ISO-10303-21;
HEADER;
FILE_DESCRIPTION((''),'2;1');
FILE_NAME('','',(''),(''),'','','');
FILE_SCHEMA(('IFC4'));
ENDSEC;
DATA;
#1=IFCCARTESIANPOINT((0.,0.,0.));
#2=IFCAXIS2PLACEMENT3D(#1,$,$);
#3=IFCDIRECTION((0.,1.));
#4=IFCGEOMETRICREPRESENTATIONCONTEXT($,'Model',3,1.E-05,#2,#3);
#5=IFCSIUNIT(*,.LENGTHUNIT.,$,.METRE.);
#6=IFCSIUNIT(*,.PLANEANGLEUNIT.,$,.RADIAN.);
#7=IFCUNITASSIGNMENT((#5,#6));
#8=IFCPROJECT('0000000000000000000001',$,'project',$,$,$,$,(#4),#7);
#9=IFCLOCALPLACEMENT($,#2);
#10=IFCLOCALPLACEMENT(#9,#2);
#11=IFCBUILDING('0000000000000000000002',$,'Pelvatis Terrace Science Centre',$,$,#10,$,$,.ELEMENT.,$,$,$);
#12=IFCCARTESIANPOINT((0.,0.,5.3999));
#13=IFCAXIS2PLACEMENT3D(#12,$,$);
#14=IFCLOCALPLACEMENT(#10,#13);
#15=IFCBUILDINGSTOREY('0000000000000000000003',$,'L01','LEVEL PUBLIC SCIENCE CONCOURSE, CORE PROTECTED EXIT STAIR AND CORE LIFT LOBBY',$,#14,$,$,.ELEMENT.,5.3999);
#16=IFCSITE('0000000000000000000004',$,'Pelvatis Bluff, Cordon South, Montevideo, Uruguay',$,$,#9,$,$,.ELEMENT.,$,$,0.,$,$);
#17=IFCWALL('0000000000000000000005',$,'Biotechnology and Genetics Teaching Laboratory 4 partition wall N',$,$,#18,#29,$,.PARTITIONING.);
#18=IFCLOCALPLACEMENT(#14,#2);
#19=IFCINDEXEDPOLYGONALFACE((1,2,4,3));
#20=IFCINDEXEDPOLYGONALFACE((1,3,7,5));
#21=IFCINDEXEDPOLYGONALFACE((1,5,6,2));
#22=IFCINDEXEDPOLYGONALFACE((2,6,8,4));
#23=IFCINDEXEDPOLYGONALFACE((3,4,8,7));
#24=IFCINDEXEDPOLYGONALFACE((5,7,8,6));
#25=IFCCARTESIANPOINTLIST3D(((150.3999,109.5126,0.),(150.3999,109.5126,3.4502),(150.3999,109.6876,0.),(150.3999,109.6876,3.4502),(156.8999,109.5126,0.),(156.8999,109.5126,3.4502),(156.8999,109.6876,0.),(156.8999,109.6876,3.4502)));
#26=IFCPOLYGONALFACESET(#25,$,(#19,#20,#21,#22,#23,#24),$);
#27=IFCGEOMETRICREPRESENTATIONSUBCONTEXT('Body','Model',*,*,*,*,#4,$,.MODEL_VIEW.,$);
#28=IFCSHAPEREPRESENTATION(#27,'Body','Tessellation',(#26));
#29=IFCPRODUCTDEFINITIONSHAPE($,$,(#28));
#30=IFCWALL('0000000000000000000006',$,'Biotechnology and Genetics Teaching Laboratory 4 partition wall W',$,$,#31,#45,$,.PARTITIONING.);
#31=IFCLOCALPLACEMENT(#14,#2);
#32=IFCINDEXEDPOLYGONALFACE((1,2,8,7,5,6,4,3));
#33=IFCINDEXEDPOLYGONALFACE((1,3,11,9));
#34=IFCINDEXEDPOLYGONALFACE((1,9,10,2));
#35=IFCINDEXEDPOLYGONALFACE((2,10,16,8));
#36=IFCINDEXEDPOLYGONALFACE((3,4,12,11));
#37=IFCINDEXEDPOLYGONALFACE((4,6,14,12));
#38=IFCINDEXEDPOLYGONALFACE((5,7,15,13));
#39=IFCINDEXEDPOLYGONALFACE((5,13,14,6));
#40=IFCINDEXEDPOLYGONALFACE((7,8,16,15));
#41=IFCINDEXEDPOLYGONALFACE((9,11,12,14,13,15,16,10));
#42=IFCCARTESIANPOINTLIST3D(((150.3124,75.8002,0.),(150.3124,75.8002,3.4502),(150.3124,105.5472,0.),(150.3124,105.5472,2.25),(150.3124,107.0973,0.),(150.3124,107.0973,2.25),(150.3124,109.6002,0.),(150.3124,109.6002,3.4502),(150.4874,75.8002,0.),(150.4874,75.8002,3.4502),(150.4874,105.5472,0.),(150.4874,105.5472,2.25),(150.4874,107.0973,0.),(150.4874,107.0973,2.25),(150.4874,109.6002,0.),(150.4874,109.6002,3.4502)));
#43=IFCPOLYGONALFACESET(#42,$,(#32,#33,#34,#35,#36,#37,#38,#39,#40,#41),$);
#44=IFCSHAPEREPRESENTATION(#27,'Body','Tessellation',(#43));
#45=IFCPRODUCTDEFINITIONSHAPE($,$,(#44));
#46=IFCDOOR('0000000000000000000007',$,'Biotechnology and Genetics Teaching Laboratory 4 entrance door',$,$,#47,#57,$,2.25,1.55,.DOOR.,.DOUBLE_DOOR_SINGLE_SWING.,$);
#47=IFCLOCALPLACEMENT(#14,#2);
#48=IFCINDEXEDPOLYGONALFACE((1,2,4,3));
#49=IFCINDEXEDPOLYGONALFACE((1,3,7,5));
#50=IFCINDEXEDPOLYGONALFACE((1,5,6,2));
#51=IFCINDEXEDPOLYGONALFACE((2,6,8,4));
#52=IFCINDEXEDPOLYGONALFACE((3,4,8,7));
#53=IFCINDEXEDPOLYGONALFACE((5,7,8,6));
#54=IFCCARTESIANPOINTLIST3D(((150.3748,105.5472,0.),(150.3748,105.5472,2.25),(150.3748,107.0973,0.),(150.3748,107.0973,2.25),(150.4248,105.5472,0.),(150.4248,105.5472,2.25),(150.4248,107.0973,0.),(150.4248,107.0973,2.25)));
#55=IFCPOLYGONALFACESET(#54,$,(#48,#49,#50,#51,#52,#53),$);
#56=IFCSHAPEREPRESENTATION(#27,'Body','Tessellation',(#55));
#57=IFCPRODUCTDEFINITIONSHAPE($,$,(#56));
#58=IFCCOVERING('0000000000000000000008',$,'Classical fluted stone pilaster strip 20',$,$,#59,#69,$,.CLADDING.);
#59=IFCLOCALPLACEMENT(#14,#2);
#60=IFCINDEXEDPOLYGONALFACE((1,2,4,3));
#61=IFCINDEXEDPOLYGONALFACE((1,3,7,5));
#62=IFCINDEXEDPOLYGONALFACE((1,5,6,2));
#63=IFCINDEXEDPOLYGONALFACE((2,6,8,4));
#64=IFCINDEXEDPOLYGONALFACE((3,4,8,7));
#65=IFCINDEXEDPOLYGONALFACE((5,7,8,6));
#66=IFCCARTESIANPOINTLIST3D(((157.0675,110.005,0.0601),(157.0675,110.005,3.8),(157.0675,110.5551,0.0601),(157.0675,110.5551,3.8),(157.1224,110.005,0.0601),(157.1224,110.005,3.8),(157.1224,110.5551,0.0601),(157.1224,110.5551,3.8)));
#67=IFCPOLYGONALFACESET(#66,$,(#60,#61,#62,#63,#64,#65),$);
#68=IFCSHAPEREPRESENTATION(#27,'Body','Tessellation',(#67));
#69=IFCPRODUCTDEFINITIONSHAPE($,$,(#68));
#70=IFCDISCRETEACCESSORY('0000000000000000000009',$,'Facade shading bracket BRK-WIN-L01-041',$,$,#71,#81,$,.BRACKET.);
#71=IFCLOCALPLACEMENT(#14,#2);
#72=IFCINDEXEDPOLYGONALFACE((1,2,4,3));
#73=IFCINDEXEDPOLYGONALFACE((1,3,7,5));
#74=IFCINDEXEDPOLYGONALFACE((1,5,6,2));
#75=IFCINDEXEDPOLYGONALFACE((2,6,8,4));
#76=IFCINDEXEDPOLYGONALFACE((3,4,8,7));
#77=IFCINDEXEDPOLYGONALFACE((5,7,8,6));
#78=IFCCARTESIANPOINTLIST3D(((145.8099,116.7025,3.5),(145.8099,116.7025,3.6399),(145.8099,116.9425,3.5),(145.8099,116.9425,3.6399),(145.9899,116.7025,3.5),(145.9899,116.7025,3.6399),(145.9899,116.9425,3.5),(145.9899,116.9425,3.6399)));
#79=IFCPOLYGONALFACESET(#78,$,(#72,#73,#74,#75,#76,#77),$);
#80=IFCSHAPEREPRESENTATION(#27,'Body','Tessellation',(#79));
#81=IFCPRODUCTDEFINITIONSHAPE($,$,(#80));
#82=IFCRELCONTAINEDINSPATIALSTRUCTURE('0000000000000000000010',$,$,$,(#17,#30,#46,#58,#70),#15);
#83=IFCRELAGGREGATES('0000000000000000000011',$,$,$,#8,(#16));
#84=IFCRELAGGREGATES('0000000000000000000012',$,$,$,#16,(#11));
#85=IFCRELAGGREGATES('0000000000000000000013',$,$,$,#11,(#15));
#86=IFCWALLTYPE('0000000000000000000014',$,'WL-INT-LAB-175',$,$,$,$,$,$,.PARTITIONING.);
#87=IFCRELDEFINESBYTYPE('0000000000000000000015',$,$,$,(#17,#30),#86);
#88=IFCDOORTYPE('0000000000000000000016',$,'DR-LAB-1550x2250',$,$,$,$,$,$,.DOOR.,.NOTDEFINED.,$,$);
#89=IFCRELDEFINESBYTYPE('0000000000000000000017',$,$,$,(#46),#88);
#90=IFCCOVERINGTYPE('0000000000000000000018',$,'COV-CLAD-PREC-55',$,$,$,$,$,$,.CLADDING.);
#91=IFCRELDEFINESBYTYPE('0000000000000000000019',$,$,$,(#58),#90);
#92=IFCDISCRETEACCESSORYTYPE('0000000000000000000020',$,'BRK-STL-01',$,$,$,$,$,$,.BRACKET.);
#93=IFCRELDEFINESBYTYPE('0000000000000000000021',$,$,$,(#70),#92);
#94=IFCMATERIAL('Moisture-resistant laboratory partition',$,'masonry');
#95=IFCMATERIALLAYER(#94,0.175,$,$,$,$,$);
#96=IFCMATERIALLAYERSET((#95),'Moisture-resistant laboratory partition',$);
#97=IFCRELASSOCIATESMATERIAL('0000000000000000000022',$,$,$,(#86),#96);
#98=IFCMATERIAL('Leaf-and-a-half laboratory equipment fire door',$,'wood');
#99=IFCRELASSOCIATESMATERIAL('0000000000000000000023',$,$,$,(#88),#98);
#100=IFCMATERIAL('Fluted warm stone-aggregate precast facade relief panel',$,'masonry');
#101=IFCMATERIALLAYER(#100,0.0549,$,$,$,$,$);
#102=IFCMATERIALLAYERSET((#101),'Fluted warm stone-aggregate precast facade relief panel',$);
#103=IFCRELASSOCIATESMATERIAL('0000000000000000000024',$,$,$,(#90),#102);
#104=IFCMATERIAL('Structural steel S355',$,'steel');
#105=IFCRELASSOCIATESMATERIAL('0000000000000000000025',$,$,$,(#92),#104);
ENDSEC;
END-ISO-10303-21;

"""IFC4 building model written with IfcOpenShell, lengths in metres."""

from ifc_helpers import new_model, si_unit, direction, frame, frame_2d, origin, origin_2d, place, context, subcontext, project, spatial, rectangle, extrude, material, layer, layer_set, type_object, element, fill, save


model = new_model("IFC4")

# Units and contexts
model_context = context("Model", 3, precision=1e-05, world=origin(), true_north=direction((0.0, 1.0)))
body_context = subcontext(model_context, "Body", "Model", "MODEL_VIEW")
ifc_project = project(units=[si_unit("LENGTHUNIT", "METRE"), si_unit("PLANEANGLEUNIT", "RADIAN")], contexts=[model_context])

# Site, building, storey
site_placement = place(None, origin())
site = spatial("IfcSite", under=ifc_project, at=site_placement, Name="Pelvatis Bluff, Cordon South, Montevideo, Uruguay", CompositionType="ELEMENT", RefElevation=0.0)
building_placement = place(site_placement, origin())
building = spatial("IfcBuilding", under=site, at=building_placement, Name="Pelvatis Terrace Science Centre", CompositionType="ELEMENT")
storey_placement = place(building_placement, frame((0.0, 0.0, 5.3999)))
storey = spatial("IfcBuildingStorey", under=building, at=storey_placement, Name="L01", Description="LEVEL PUBLIC SCIENCE CONCOURSE, CORE PROTECTED EXIT STAIR AND CORE LIFT LOBBY", CompositionType="ELEMENT", Elevation=5.3999)

# Wall
ifc_material_1 = material(Name="Moisture-resistant laboratory partition", Category="masonry")
ifc_layer_1 = layer(ifc_material_1, 0.175)
ifc_layer_set_1 = layer_set([ifc_layer_1], Name="Moisture-resistant laboratory partition")
wall_type = type_object("IfcWallType", Name="WL-INT-LAB-175", PredefinedType="PARTITIONING", material=ifc_layer_set_1)
wall_1_placement = place(storey_placement, frame((156.8999, 109.6001, 0.0), z_axis=(0.0, 0.0, 1.0), x_axis=(-1.0, 0.0, 0.0)))
element("IfcWall", 1, at=wall_1_placement, inside=storey, type_object=wall_type, Name="Biotechnology and Genetics Teaching Laboratory 4 partition wall N", PredefinedType="PARTITIONING", context=body_context, shape_type="SweptSolid", body=[
    extrude(rectangle(XDim=6.5, YDim=0.175, at=frame_2d((3.25, 0.0))), origin(), (0.0, 0.0, 1.0), 3.4502),
])

# Wall, opening, door
wall_2_placement = place(storey_placement, frame((150.3999, 109.6001, 0.0), z_axis=(0.0, 0.0, 1.0), x_axis=(0.0, -1.0, 0.0)))
wall_2 = element("IfcWall", 2, at=wall_2_placement, inside=storey, type_object=wall_type, Name="Biotechnology and Genetics Teaching Laboratory 4 partition wall W", PredefinedType="PARTITIONING", context=body_context, shape_type="SweptSolid", body=[
    extrude(rectangle(XDim=33.8, YDim=0.175, at=frame_2d((16.8999, 0.0))), origin(), (0.0, 0.0, 1.0), 3.4502),
])
opening_placement = place(wall_2_placement, frame((2.5029, 0.0, 0.0)))
opening = element("IfcOpeningElement", 3, at=opening_placement, cuts=wall_2, PredefinedType="OPENING", context=body_context, shape_type="SweptSolid", body=[
    extrude(rectangle(XDim=1.55, YDim=2.25, at=frame_2d((0.7749, 1.125))), frame((0.0, 0.0974, 0.0), z_axis=(0.0, -1.0, 0.0), x_axis=(1.0, 0.0, 0.0)), (0.0, 0.0, 1.0), 0.1951),
])
ifc_material_2 = material(Name="Leaf-and-a-half laboratory equipment fire door", Category="wood")
door_type = type_object("IfcDoorType", Name="DR-LAB-1550x2250", OperationType="NOTDEFINED", PredefinedType="DOOR", material=ifc_material_2)
door_placement = place(opening_placement, origin())
door = element("IfcDoor", 4, at=door_placement, inside=storey, type_object=door_type, Name="Biotechnology and Genetics Teaching Laboratory 4 entrance door", OperationType="DOUBLE_DOOR_SINGLE_SWING", OverallHeight=2.25, OverallWidth=1.55, PredefinedType="DOOR", context=body_context, shape_type="SweptSolid", body=[
    extrude(rectangle(XDim=1.55, YDim=2.25, at=frame_2d((0.7749, 1.125))), frame((0.0, 0.0249, 0.0), z_axis=(0.0, -1.0, 0.0), x_axis=(1.0, 0.0, 0.0)), (0.0, 0.0, 1.0), 0.05),
])
fill(opening, door)

# Covering
ifc_material_3 = material(Name="Fluted warm stone-aggregate precast facade relief panel", Category="masonry")
ifc_layer_2 = layer(ifc_material_3, 0.0549)
ifc_layer_set_2 = layer_set([ifc_layer_2], Name="Fluted warm stone-aggregate precast facade relief panel")
covering_type = type_object("IfcCoveringType", Name="COV-CLAD-PREC-55", PredefinedType="CLADDING", material=ifc_layer_set_2)
covering_placement = place(storey_placement, frame((157.095, 110.28, 0.0601), z_axis=(0.0, 0.0, 1.0), x_axis=(1.0, 0.0, 0.0)))
element("IfcCovering", 5, at=covering_placement, inside=storey, type_object=covering_type, Name="Classical fluted stone pilaster strip 20", PredefinedType="CLADDING", context=body_context, shape_type="SweptSolid", body=[
    extrude(rectangle(XDim=0.0549, YDim=0.55, at=origin_2d()), origin(), (0.0, 0.0, 1.0), 3.74),
])

# Discrete accessory
ifc_material_4 = material(Name="Structural steel S355", Category="steel")
discrete_accessory_type = type_object("IfcDiscreteAccessoryType", Name="BRK-STL-01", PredefinedType="BRACKET", material=ifc_material_4)
discrete_accessory_placement = place(storey_placement, frame((145.8999, 116.8225, 3.5)))
element("IfcDiscreteAccessory", 6, at=discrete_accessory_placement, inside=storey, type_object=discrete_accessory_type, Name="Facade shading bracket BRK-WIN-L01-041", PredefinedType="BRACKET", context=body_context, shape_type="SweptSolid", body=[
    extrude(rectangle(XDim=0.18, YDim=0.24, at=origin_2d()), origin(), (0.0, 0.0, 1.0), 0.1399),
])

save(model, "model.ifc")
